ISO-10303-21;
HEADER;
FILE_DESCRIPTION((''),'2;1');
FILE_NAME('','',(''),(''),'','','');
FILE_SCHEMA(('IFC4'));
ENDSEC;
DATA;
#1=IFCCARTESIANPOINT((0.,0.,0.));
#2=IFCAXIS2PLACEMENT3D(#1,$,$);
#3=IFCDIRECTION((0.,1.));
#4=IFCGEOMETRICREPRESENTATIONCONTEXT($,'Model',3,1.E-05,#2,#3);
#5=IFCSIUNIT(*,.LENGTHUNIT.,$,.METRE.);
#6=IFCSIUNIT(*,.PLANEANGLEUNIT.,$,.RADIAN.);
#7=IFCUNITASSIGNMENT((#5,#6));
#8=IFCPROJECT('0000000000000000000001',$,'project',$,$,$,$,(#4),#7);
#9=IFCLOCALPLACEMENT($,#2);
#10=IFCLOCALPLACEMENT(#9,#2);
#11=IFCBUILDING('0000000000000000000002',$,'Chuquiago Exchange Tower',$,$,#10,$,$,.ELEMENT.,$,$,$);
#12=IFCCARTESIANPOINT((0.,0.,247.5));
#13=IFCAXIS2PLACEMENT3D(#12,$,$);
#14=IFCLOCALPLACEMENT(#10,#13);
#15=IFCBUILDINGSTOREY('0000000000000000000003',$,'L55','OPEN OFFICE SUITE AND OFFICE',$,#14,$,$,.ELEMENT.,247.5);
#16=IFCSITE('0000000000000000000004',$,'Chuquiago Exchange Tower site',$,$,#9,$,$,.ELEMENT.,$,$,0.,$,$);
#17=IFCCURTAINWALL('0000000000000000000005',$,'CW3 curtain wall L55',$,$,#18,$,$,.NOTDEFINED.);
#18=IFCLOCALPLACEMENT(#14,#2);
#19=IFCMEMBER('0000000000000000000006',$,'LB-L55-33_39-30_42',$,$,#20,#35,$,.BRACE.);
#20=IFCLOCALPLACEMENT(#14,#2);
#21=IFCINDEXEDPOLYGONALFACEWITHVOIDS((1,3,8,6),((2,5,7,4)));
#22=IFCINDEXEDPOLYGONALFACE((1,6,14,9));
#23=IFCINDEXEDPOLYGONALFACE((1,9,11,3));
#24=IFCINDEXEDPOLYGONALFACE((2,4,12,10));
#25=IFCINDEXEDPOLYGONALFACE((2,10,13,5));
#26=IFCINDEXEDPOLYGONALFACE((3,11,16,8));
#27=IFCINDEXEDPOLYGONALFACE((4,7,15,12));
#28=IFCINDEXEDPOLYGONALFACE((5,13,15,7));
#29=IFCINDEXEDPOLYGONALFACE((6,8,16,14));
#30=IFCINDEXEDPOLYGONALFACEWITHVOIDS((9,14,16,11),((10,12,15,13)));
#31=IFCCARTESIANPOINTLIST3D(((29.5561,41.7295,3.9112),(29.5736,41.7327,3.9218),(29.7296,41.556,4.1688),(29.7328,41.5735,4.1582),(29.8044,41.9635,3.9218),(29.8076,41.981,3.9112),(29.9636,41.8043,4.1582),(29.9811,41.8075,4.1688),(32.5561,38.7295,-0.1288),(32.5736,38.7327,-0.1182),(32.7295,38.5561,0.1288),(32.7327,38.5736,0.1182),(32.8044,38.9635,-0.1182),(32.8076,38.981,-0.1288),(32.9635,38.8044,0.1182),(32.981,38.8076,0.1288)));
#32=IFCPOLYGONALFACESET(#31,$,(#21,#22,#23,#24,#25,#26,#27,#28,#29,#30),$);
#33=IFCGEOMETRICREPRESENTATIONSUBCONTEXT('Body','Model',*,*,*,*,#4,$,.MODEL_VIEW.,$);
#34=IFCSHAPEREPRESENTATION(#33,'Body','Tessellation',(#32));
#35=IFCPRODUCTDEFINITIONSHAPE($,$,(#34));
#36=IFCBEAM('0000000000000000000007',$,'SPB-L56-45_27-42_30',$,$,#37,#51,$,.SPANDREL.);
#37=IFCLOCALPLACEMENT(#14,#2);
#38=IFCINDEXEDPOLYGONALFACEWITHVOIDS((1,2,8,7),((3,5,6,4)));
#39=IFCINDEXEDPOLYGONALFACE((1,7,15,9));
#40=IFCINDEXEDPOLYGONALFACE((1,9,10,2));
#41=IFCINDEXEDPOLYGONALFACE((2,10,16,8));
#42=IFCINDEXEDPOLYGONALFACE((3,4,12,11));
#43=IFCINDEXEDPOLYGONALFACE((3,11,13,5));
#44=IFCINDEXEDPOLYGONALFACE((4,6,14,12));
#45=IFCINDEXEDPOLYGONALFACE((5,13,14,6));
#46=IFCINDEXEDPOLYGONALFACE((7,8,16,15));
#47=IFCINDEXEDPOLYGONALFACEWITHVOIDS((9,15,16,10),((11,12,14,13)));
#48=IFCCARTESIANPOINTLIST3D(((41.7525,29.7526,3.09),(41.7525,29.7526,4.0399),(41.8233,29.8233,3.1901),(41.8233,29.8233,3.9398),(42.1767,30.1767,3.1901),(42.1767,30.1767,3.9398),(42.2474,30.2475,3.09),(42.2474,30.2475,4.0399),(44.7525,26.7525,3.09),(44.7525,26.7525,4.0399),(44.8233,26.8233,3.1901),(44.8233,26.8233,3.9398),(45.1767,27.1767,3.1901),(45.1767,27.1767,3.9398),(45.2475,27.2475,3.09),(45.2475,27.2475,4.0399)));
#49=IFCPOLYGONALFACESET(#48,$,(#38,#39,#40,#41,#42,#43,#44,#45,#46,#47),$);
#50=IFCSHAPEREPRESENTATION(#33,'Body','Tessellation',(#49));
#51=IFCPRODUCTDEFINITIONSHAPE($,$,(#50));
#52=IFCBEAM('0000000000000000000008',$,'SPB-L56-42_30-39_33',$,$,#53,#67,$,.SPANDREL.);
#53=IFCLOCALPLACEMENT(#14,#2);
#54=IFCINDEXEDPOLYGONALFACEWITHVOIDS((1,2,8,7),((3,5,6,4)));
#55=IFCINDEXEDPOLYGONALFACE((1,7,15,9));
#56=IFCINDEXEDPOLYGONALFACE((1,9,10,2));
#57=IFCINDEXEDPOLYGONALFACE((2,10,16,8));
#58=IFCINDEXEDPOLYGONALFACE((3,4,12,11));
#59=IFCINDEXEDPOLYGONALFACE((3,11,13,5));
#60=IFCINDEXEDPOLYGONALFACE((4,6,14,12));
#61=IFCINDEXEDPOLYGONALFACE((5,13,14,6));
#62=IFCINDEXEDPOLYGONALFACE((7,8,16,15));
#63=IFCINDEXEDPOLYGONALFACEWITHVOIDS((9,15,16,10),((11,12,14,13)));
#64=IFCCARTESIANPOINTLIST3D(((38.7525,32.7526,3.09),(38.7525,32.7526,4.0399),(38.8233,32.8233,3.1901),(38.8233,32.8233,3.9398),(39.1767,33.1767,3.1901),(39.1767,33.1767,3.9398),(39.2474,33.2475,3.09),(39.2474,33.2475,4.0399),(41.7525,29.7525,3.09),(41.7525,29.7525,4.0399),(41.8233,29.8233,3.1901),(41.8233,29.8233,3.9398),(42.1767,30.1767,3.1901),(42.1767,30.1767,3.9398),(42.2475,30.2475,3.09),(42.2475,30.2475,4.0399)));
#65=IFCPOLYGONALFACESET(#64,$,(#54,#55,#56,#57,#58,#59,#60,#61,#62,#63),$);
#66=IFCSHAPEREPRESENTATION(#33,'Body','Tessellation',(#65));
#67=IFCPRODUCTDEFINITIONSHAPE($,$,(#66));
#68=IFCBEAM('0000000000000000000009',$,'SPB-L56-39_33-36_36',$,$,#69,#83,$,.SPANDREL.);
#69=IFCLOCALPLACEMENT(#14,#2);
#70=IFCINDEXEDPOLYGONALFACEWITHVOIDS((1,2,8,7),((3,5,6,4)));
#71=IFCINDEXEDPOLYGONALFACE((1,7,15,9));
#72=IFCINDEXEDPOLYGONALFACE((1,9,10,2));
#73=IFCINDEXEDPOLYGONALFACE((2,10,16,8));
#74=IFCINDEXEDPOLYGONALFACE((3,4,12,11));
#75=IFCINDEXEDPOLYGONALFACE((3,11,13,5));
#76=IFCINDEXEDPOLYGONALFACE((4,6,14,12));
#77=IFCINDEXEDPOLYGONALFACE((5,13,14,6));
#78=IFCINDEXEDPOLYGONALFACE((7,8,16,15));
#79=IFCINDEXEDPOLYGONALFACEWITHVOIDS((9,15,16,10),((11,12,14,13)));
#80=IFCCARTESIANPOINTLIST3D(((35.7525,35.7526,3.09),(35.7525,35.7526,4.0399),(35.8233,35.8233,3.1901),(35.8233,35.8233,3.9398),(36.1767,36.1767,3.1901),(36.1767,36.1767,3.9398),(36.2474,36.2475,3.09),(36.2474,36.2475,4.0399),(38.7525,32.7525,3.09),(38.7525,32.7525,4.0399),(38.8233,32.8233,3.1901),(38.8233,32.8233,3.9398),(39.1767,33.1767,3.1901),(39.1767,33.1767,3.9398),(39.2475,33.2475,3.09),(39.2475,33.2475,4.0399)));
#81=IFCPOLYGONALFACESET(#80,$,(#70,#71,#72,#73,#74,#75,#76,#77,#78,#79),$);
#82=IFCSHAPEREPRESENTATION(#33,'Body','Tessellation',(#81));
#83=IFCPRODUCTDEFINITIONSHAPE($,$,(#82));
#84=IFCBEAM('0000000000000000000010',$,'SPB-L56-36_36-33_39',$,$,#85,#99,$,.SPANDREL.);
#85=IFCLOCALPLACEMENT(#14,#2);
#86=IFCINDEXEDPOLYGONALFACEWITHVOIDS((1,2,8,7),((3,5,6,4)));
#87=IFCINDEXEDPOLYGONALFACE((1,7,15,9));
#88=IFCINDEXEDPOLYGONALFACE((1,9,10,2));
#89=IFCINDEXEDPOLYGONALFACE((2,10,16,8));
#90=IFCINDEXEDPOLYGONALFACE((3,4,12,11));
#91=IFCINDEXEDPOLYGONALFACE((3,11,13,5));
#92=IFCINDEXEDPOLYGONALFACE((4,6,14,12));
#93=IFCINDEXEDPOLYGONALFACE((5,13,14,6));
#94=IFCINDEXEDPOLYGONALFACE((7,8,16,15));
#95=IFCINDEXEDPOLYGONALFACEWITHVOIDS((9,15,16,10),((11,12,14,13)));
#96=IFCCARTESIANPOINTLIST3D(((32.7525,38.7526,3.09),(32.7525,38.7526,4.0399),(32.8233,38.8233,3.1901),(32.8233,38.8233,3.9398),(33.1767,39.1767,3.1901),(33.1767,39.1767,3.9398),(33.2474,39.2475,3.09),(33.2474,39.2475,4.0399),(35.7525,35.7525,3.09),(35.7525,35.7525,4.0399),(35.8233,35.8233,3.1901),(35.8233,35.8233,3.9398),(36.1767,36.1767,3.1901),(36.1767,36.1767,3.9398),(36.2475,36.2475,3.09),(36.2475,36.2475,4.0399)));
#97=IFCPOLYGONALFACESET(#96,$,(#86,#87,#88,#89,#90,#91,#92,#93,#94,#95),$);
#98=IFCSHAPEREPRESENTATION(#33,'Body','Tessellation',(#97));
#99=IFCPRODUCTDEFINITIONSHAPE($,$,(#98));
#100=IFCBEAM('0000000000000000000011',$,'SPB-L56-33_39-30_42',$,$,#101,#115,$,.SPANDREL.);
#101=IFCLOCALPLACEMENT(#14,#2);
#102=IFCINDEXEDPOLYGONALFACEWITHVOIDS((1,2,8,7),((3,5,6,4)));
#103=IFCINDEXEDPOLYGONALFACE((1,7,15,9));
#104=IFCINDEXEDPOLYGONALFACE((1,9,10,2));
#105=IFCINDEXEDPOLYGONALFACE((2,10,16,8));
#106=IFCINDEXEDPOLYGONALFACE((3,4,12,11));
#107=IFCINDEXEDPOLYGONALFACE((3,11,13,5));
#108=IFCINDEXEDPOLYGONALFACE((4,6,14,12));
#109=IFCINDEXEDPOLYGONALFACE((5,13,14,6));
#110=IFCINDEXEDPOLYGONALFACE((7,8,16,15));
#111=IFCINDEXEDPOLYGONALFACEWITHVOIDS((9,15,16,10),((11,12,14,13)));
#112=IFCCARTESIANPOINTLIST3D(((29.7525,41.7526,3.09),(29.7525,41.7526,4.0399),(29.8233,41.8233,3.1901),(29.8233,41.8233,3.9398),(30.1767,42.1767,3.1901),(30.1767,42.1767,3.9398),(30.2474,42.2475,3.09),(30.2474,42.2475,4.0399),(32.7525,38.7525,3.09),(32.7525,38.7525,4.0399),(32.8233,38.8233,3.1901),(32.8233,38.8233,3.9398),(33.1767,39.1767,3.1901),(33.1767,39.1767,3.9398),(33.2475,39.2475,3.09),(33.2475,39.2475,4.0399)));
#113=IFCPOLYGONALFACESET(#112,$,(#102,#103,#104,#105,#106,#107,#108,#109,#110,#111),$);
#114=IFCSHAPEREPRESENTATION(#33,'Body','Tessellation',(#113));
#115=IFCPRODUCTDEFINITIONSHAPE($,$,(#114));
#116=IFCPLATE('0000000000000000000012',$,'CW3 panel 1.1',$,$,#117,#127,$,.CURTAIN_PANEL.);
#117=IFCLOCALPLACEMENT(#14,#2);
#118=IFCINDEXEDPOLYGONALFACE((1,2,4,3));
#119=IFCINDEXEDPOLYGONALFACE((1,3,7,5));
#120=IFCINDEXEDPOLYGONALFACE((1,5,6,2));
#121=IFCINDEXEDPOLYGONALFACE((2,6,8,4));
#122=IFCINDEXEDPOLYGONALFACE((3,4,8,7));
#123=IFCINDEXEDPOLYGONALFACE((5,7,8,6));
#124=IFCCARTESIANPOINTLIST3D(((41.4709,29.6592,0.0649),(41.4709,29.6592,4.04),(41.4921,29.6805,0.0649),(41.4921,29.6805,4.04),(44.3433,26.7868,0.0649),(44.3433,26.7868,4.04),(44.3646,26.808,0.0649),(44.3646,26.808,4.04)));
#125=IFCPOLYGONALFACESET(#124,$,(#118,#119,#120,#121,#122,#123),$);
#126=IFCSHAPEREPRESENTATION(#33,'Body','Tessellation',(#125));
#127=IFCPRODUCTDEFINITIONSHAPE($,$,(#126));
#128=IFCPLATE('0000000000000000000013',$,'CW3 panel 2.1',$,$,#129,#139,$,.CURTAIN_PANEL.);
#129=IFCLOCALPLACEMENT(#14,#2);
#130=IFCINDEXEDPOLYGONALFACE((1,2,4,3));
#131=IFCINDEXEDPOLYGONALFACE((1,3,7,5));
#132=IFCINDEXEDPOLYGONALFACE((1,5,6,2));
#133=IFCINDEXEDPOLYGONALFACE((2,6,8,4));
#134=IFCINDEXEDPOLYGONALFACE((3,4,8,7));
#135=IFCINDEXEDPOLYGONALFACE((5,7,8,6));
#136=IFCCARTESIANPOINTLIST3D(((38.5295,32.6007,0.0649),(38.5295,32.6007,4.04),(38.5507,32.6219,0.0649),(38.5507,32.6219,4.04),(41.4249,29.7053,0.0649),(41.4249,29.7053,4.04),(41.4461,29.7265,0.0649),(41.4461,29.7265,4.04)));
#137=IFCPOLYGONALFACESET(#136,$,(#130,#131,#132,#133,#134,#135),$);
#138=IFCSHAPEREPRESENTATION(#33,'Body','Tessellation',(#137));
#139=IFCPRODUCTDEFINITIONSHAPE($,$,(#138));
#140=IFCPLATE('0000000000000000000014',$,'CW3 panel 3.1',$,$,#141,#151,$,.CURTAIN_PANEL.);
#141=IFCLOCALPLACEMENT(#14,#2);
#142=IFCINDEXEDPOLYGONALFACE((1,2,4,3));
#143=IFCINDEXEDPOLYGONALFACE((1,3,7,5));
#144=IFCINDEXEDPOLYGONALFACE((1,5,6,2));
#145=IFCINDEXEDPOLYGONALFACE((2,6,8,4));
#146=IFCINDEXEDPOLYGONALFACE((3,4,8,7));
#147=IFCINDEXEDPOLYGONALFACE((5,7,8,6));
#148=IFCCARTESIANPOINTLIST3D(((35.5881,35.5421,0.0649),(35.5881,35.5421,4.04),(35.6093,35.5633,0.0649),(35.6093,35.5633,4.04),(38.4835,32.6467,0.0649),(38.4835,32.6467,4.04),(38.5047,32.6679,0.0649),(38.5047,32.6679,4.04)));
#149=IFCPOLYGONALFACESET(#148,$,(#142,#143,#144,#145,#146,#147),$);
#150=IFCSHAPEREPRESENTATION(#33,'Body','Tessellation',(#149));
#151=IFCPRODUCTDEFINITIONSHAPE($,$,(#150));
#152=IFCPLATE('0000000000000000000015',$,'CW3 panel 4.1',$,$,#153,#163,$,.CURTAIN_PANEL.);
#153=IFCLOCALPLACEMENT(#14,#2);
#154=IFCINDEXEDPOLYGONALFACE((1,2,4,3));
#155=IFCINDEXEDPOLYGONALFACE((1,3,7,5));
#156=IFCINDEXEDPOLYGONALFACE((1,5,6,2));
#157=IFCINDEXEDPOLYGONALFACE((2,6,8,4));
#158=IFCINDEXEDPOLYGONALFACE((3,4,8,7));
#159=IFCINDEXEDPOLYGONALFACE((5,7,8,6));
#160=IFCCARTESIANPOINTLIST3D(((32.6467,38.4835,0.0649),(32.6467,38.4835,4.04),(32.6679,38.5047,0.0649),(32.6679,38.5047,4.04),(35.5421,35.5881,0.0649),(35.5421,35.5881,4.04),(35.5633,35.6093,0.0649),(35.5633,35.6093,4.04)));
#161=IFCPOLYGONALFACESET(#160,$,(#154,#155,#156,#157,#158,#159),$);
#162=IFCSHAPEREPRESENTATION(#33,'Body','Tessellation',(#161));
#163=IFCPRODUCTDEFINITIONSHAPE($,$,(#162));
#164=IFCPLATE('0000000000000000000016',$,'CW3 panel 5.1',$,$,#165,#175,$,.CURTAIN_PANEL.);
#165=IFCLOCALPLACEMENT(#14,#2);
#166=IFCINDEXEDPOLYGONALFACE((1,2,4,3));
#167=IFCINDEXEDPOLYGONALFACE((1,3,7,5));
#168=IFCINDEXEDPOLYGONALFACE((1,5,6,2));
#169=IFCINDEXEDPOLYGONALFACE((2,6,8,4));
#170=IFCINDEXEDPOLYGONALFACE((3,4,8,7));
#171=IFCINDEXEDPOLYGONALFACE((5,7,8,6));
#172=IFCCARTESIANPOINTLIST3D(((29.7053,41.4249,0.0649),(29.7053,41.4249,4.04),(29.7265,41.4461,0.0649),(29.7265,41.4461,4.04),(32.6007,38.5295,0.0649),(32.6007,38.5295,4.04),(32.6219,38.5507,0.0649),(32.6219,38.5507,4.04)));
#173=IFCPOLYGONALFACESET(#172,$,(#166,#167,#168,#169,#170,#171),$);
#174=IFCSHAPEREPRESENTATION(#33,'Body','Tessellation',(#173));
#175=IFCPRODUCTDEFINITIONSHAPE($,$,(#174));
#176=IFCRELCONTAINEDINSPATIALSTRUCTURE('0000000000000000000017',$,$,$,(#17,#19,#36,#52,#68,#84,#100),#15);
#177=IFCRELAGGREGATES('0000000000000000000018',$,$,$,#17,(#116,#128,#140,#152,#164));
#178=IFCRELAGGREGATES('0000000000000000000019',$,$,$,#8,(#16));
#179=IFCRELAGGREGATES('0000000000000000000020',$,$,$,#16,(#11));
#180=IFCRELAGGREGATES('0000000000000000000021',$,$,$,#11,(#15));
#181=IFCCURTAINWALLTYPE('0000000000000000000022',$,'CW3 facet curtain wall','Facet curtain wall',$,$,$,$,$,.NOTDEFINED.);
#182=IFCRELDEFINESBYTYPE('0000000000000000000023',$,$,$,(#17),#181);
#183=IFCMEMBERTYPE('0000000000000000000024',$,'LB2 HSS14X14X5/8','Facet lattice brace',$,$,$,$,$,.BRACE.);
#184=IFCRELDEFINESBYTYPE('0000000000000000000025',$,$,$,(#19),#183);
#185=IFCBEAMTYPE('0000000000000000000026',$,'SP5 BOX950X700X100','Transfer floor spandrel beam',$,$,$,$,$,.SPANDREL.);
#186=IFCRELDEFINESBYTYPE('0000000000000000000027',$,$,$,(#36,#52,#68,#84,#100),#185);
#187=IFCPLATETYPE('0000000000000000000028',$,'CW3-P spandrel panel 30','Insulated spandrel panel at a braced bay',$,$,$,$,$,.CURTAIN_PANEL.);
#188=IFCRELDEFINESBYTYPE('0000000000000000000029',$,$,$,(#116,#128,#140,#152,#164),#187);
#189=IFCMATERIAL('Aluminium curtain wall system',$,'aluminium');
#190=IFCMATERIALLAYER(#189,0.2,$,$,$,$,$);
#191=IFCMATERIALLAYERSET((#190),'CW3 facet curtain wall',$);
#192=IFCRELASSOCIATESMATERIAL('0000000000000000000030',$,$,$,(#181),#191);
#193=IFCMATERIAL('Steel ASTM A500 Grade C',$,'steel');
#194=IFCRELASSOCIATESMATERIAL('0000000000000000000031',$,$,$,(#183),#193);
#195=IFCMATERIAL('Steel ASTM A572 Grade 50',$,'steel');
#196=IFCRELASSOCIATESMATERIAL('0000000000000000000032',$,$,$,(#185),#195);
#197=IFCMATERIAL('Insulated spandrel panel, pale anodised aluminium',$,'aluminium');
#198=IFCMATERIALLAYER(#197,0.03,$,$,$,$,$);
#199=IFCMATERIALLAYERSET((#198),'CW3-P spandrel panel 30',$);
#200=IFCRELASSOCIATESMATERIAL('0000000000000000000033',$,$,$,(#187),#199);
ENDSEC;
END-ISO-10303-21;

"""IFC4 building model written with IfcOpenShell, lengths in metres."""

from ifc_helpers import new_model, si_unit, direction, frame, origin, origin_2d, place, context, subcontext, project, spatial, rectangle, hollow_rectangle, extrude, material, layer, layer_set, material_profile, profile_set, type_object, element, aggregate, save


model = new_model("IFC4")

# Units and contexts
model_context = context("Model", 3, precision=1e-05, world=origin(), true_north=direction((0.0, 1.0)))
body_context = subcontext(model_context, "Body", "Model", "MODEL_VIEW")
ifc_project = project(units=[si_unit("LENGTHUNIT", "METRE"), si_unit("PLANEANGLEUNIT", "RADIAN")], contexts=[model_context])

# Site, building, storey
site_placement = place(None, origin())
site = spatial("IfcSite", under=ifc_project, at=site_placement, Name="Chuquiago Exchange Tower site", CompositionType="ELEMENT", RefElevation=0.0)
building_placement = place(site_placement, origin())
building = spatial("IfcBuilding", under=site, at=building_placement, Name="Chuquiago Exchange Tower", CompositionType="ELEMENT")
storey_placement = place(building_placement, frame((0.0, 0.0, 247.5)))
storey = spatial("IfcBuildingStorey", under=building, at=storey_placement, Name="L55", Description="OPEN OFFICE SUITE AND OFFICE", CompositionType="ELEMENT", Elevation=247.5)

# Curtain wall
ifc_material_1 = material(Name="Aluminium curtain wall system", Category="aluminium")
ifc_layer_1 = layer(ifc_material_1, 0.2)
ifc_layer_set_1 = layer_set([ifc_layer_1], Name="CW3 facet curtain wall")
curtain_wall_type = type_object("IfcCurtainWallType", Name="CW3 facet curtain wall", Description="Facet curtain wall", PredefinedType="NOTDEFINED", material=ifc_layer_set_1)
curtain_wall_placement = place(storey_placement, origin())
curtain_wall = element("IfcCurtainWall", 1, at=curtain_wall_placement, inside=storey, type_object=curtain_wall_type, Name="CW3 curtain wall L55", PredefinedType="NOTDEFINED")

# Member
ifc_material_2 = material(Name="Steel ASTM A500 Grade C", Category="steel")
ifc_material_profile_1 = material_profile(ifc_material_2, hollow_rectangle(XDim=0.3557, YDim=0.3557, WallThickness=0.0146, at=origin_2d()), Name="HSS14X14X5/8")
ifc_profile_set_1 = profile_set([ifc_material_profile_1], Name="Steel ASTM A500 Grade C")
member_type_1 = type_object("IfcMemberType", Name="LB2 HSS14X14X5/8", Description="Facet lattice brace", PredefinedType="BRACE", material=ifc_profile_set_1)
for number, where, z_axis, x_axis, name in (
    (2, (32.7686, 38.7686, 0.0), (-0.512077, 0.512077, 0.689604), (-0.707107, -0.707107, 0.0), "LB-L55-33_39-30_42"),
):
    element("IfcMember", number, at=place(storey_placement, frame(where, z_axis=z_axis, x_axis=x_axis)), inside=storey, type_object=member_type_1, Name=name, PredefinedType="BRACE", context=body_context, shape_type="SweptSolid", body=[
        extrude(hollow_rectangle(XDim=0.3557, YDim=0.3557, WallThickness=0.0146, at=origin_2d()), origin(), (0.0, 0.0, 1.0), 5.8584),
    ])

# Beams
ifc_material_3 = material(Name="Steel ASTM A572 Grade 50", Category="steel")
ifc_material_profile_2 = material_profile(ifc_material_3, hollow_rectangle(XDim=0.7, YDim=0.95, WallThickness=0.1001, at=origin_2d()), Name="BOX950X700X100")
ifc_profile_set_2 = profile_set([ifc_material_profile_2], Name="Steel ASTM A572 Grade 50")
beam_type_1 = type_object("IfcBeamType", Name="SP5 BOX950X700X100", Description="Transfer floor spandrel beam", PredefinedType="SPANDREL", material=ifc_profile_set_2)
for number, where, z_axis, x_axis, name in (
    (3, (45.0, 27.0, 3.5649), (-0.707107, 0.707107, 0.0), (-0.707107, -0.707107, 0.0), "SPB-L56-45_27-42_30"),
    (4, (42.0, 30.0, 3.5649), (-0.707107, 0.707107, 0.0), (-0.707107, -0.707107, 0.0), "SPB-L56-42_30-39_33"),
    (5, (39.0, 33.0, 3.5649), (-0.707107, 0.707107, 0.0), (-0.707107, -0.707107, 0.0), "SPB-L56-39_33-36_36"),
    (6, (36.0, 36.0, 3.5649), (-0.707107, 0.707107, 0.0), (-0.707107, -0.707107, 0.0), "SPB-L56-36_36-33_39"),
    (7, (33.0, 39.0, 3.5649), (-0.707107, 0.707107, 0.0), (-0.707107, -0.707107, 0.0), "SPB-L56-33_39-30_42"),
):
    element("IfcBeam", number, at=place(storey_placement, frame(where, z_axis=z_axis, x_axis=x_axis)), inside=storey, type_object=beam_type_1, Name=name, PredefinedType="SPANDREL", context=body_context, shape_type="SweptSolid", body=[
        extrude(hollow_rectangle(XDim=0.7, YDim=0.95, WallThickness=0.1001, at=origin_2d()), origin(), (0.0, 0.0, 1.0), 4.2427),
    ])

# Plates
ifc_material_4 = material(Name="Insulated spandrel panel, pale anodised aluminium", Category="aluminium")
ifc_layer_2 = layer(ifc_material_4, 0.03)
ifc_layer_set_2 = layer_set([ifc_layer_2], Name="CW3-P spandrel panel 30")
plate_type = type_object("IfcPlateType", Name="CW3-P spandrel panel 30", Description="Insulated spandrel panel at a braced bay", PredefinedType="CURTAIN_PANEL", material=ifc_layer_set_2)
plate_1_placement = place(storey_placement, frame((42.9177, 28.2336, 0.0649), z_axis=(0.0, 0.0, 1.0), x_axis=(-0.707107, 0.707107, 0.0)))
plate_1 = element("IfcPlate", 8, at=plate_1_placement, type_object=plate_type, Name="CW3 panel 1.1", PredefinedType="CURTAIN_PANEL", context=body_context, shape_type="SweptSolid", body=[
    extrude(rectangle(XDim=4.0623, YDim=0.03, at=origin_2d()), origin(), (0.0, 0.0, 1.0), 3.9751),
])
plate_2_placement = place(storey_placement, frame((39.9878, 31.1636, 0.0649), z_axis=(0.0, 0.0, 1.0), x_axis=(-0.707107, 0.707107, 0.0)))
plate_2 = element("IfcPlate", 9, at=plate_2_placement, type_object=plate_type, Name="CW3 panel 2.1", PredefinedType="CURTAIN_PANEL", context=body_context, shape_type="SweptSolid", body=[
    extrude(rectangle(XDim=4.0947, YDim=0.03, at=origin_2d()), origin(), (0.0, 0.0, 1.0), 3.9751),
])
plate_3_placement = place(storey_placement, frame((37.0464, 34.105, 0.0649), z_axis=(0.0, 0.0, 1.0), x_axis=(-0.707107, 0.707107, 0.0)))
plate_3 = element("IfcPlate", 10, at=plate_3_placement, type_object=plate_type, Name="CW3 panel 3.1", PredefinedType="CURTAIN_PANEL", context=body_context, shape_type="SweptSolid", body=[
    extrude(rectangle(XDim=4.0947, YDim=0.03, at=origin_2d()), origin(), (0.0, 0.0, 1.0), 3.9751),
])
plate_4_placement = place(storey_placement, frame((34.105, 37.0464, 0.0649), z_axis=(0.0, 0.0, 1.0), x_axis=(-0.707107, 0.707107, 0.0)))
plate_4 = element("IfcPlate", 11, at=plate_4_placement, type_object=plate_type, Name="CW3 panel 4.1", PredefinedType="CURTAIN_PANEL", context=body_context, shape_type="SweptSolid", body=[
    extrude(rectangle(XDim=4.0947, YDim=0.03, at=origin_2d()), origin(), (0.0, 0.0, 1.0), 3.9751),
])
plate_5_placement = place(storey_placement, frame((31.1636, 39.9878, 0.0649), z_axis=(0.0, 0.0, 1.0), x_axis=(-0.707107, 0.707107, 0.0)))
plate_5 = element("IfcPlate", 12, at=plate_5_placement, type_object=plate_type, Name="CW3 panel 5.1", PredefinedType="CURTAIN_PANEL", context=body_context, shape_type="SweptSolid", body=[
    extrude(rectangle(XDim=4.0947, YDim=0.03, at=origin_2d()), origin(), (0.0, 0.0, 1.0), 3.9751),
])
aggregate(curtain_wall, [plate_1, plate_2, plate_3, plate_4, plate_5])

save(model, "model.ifc")
